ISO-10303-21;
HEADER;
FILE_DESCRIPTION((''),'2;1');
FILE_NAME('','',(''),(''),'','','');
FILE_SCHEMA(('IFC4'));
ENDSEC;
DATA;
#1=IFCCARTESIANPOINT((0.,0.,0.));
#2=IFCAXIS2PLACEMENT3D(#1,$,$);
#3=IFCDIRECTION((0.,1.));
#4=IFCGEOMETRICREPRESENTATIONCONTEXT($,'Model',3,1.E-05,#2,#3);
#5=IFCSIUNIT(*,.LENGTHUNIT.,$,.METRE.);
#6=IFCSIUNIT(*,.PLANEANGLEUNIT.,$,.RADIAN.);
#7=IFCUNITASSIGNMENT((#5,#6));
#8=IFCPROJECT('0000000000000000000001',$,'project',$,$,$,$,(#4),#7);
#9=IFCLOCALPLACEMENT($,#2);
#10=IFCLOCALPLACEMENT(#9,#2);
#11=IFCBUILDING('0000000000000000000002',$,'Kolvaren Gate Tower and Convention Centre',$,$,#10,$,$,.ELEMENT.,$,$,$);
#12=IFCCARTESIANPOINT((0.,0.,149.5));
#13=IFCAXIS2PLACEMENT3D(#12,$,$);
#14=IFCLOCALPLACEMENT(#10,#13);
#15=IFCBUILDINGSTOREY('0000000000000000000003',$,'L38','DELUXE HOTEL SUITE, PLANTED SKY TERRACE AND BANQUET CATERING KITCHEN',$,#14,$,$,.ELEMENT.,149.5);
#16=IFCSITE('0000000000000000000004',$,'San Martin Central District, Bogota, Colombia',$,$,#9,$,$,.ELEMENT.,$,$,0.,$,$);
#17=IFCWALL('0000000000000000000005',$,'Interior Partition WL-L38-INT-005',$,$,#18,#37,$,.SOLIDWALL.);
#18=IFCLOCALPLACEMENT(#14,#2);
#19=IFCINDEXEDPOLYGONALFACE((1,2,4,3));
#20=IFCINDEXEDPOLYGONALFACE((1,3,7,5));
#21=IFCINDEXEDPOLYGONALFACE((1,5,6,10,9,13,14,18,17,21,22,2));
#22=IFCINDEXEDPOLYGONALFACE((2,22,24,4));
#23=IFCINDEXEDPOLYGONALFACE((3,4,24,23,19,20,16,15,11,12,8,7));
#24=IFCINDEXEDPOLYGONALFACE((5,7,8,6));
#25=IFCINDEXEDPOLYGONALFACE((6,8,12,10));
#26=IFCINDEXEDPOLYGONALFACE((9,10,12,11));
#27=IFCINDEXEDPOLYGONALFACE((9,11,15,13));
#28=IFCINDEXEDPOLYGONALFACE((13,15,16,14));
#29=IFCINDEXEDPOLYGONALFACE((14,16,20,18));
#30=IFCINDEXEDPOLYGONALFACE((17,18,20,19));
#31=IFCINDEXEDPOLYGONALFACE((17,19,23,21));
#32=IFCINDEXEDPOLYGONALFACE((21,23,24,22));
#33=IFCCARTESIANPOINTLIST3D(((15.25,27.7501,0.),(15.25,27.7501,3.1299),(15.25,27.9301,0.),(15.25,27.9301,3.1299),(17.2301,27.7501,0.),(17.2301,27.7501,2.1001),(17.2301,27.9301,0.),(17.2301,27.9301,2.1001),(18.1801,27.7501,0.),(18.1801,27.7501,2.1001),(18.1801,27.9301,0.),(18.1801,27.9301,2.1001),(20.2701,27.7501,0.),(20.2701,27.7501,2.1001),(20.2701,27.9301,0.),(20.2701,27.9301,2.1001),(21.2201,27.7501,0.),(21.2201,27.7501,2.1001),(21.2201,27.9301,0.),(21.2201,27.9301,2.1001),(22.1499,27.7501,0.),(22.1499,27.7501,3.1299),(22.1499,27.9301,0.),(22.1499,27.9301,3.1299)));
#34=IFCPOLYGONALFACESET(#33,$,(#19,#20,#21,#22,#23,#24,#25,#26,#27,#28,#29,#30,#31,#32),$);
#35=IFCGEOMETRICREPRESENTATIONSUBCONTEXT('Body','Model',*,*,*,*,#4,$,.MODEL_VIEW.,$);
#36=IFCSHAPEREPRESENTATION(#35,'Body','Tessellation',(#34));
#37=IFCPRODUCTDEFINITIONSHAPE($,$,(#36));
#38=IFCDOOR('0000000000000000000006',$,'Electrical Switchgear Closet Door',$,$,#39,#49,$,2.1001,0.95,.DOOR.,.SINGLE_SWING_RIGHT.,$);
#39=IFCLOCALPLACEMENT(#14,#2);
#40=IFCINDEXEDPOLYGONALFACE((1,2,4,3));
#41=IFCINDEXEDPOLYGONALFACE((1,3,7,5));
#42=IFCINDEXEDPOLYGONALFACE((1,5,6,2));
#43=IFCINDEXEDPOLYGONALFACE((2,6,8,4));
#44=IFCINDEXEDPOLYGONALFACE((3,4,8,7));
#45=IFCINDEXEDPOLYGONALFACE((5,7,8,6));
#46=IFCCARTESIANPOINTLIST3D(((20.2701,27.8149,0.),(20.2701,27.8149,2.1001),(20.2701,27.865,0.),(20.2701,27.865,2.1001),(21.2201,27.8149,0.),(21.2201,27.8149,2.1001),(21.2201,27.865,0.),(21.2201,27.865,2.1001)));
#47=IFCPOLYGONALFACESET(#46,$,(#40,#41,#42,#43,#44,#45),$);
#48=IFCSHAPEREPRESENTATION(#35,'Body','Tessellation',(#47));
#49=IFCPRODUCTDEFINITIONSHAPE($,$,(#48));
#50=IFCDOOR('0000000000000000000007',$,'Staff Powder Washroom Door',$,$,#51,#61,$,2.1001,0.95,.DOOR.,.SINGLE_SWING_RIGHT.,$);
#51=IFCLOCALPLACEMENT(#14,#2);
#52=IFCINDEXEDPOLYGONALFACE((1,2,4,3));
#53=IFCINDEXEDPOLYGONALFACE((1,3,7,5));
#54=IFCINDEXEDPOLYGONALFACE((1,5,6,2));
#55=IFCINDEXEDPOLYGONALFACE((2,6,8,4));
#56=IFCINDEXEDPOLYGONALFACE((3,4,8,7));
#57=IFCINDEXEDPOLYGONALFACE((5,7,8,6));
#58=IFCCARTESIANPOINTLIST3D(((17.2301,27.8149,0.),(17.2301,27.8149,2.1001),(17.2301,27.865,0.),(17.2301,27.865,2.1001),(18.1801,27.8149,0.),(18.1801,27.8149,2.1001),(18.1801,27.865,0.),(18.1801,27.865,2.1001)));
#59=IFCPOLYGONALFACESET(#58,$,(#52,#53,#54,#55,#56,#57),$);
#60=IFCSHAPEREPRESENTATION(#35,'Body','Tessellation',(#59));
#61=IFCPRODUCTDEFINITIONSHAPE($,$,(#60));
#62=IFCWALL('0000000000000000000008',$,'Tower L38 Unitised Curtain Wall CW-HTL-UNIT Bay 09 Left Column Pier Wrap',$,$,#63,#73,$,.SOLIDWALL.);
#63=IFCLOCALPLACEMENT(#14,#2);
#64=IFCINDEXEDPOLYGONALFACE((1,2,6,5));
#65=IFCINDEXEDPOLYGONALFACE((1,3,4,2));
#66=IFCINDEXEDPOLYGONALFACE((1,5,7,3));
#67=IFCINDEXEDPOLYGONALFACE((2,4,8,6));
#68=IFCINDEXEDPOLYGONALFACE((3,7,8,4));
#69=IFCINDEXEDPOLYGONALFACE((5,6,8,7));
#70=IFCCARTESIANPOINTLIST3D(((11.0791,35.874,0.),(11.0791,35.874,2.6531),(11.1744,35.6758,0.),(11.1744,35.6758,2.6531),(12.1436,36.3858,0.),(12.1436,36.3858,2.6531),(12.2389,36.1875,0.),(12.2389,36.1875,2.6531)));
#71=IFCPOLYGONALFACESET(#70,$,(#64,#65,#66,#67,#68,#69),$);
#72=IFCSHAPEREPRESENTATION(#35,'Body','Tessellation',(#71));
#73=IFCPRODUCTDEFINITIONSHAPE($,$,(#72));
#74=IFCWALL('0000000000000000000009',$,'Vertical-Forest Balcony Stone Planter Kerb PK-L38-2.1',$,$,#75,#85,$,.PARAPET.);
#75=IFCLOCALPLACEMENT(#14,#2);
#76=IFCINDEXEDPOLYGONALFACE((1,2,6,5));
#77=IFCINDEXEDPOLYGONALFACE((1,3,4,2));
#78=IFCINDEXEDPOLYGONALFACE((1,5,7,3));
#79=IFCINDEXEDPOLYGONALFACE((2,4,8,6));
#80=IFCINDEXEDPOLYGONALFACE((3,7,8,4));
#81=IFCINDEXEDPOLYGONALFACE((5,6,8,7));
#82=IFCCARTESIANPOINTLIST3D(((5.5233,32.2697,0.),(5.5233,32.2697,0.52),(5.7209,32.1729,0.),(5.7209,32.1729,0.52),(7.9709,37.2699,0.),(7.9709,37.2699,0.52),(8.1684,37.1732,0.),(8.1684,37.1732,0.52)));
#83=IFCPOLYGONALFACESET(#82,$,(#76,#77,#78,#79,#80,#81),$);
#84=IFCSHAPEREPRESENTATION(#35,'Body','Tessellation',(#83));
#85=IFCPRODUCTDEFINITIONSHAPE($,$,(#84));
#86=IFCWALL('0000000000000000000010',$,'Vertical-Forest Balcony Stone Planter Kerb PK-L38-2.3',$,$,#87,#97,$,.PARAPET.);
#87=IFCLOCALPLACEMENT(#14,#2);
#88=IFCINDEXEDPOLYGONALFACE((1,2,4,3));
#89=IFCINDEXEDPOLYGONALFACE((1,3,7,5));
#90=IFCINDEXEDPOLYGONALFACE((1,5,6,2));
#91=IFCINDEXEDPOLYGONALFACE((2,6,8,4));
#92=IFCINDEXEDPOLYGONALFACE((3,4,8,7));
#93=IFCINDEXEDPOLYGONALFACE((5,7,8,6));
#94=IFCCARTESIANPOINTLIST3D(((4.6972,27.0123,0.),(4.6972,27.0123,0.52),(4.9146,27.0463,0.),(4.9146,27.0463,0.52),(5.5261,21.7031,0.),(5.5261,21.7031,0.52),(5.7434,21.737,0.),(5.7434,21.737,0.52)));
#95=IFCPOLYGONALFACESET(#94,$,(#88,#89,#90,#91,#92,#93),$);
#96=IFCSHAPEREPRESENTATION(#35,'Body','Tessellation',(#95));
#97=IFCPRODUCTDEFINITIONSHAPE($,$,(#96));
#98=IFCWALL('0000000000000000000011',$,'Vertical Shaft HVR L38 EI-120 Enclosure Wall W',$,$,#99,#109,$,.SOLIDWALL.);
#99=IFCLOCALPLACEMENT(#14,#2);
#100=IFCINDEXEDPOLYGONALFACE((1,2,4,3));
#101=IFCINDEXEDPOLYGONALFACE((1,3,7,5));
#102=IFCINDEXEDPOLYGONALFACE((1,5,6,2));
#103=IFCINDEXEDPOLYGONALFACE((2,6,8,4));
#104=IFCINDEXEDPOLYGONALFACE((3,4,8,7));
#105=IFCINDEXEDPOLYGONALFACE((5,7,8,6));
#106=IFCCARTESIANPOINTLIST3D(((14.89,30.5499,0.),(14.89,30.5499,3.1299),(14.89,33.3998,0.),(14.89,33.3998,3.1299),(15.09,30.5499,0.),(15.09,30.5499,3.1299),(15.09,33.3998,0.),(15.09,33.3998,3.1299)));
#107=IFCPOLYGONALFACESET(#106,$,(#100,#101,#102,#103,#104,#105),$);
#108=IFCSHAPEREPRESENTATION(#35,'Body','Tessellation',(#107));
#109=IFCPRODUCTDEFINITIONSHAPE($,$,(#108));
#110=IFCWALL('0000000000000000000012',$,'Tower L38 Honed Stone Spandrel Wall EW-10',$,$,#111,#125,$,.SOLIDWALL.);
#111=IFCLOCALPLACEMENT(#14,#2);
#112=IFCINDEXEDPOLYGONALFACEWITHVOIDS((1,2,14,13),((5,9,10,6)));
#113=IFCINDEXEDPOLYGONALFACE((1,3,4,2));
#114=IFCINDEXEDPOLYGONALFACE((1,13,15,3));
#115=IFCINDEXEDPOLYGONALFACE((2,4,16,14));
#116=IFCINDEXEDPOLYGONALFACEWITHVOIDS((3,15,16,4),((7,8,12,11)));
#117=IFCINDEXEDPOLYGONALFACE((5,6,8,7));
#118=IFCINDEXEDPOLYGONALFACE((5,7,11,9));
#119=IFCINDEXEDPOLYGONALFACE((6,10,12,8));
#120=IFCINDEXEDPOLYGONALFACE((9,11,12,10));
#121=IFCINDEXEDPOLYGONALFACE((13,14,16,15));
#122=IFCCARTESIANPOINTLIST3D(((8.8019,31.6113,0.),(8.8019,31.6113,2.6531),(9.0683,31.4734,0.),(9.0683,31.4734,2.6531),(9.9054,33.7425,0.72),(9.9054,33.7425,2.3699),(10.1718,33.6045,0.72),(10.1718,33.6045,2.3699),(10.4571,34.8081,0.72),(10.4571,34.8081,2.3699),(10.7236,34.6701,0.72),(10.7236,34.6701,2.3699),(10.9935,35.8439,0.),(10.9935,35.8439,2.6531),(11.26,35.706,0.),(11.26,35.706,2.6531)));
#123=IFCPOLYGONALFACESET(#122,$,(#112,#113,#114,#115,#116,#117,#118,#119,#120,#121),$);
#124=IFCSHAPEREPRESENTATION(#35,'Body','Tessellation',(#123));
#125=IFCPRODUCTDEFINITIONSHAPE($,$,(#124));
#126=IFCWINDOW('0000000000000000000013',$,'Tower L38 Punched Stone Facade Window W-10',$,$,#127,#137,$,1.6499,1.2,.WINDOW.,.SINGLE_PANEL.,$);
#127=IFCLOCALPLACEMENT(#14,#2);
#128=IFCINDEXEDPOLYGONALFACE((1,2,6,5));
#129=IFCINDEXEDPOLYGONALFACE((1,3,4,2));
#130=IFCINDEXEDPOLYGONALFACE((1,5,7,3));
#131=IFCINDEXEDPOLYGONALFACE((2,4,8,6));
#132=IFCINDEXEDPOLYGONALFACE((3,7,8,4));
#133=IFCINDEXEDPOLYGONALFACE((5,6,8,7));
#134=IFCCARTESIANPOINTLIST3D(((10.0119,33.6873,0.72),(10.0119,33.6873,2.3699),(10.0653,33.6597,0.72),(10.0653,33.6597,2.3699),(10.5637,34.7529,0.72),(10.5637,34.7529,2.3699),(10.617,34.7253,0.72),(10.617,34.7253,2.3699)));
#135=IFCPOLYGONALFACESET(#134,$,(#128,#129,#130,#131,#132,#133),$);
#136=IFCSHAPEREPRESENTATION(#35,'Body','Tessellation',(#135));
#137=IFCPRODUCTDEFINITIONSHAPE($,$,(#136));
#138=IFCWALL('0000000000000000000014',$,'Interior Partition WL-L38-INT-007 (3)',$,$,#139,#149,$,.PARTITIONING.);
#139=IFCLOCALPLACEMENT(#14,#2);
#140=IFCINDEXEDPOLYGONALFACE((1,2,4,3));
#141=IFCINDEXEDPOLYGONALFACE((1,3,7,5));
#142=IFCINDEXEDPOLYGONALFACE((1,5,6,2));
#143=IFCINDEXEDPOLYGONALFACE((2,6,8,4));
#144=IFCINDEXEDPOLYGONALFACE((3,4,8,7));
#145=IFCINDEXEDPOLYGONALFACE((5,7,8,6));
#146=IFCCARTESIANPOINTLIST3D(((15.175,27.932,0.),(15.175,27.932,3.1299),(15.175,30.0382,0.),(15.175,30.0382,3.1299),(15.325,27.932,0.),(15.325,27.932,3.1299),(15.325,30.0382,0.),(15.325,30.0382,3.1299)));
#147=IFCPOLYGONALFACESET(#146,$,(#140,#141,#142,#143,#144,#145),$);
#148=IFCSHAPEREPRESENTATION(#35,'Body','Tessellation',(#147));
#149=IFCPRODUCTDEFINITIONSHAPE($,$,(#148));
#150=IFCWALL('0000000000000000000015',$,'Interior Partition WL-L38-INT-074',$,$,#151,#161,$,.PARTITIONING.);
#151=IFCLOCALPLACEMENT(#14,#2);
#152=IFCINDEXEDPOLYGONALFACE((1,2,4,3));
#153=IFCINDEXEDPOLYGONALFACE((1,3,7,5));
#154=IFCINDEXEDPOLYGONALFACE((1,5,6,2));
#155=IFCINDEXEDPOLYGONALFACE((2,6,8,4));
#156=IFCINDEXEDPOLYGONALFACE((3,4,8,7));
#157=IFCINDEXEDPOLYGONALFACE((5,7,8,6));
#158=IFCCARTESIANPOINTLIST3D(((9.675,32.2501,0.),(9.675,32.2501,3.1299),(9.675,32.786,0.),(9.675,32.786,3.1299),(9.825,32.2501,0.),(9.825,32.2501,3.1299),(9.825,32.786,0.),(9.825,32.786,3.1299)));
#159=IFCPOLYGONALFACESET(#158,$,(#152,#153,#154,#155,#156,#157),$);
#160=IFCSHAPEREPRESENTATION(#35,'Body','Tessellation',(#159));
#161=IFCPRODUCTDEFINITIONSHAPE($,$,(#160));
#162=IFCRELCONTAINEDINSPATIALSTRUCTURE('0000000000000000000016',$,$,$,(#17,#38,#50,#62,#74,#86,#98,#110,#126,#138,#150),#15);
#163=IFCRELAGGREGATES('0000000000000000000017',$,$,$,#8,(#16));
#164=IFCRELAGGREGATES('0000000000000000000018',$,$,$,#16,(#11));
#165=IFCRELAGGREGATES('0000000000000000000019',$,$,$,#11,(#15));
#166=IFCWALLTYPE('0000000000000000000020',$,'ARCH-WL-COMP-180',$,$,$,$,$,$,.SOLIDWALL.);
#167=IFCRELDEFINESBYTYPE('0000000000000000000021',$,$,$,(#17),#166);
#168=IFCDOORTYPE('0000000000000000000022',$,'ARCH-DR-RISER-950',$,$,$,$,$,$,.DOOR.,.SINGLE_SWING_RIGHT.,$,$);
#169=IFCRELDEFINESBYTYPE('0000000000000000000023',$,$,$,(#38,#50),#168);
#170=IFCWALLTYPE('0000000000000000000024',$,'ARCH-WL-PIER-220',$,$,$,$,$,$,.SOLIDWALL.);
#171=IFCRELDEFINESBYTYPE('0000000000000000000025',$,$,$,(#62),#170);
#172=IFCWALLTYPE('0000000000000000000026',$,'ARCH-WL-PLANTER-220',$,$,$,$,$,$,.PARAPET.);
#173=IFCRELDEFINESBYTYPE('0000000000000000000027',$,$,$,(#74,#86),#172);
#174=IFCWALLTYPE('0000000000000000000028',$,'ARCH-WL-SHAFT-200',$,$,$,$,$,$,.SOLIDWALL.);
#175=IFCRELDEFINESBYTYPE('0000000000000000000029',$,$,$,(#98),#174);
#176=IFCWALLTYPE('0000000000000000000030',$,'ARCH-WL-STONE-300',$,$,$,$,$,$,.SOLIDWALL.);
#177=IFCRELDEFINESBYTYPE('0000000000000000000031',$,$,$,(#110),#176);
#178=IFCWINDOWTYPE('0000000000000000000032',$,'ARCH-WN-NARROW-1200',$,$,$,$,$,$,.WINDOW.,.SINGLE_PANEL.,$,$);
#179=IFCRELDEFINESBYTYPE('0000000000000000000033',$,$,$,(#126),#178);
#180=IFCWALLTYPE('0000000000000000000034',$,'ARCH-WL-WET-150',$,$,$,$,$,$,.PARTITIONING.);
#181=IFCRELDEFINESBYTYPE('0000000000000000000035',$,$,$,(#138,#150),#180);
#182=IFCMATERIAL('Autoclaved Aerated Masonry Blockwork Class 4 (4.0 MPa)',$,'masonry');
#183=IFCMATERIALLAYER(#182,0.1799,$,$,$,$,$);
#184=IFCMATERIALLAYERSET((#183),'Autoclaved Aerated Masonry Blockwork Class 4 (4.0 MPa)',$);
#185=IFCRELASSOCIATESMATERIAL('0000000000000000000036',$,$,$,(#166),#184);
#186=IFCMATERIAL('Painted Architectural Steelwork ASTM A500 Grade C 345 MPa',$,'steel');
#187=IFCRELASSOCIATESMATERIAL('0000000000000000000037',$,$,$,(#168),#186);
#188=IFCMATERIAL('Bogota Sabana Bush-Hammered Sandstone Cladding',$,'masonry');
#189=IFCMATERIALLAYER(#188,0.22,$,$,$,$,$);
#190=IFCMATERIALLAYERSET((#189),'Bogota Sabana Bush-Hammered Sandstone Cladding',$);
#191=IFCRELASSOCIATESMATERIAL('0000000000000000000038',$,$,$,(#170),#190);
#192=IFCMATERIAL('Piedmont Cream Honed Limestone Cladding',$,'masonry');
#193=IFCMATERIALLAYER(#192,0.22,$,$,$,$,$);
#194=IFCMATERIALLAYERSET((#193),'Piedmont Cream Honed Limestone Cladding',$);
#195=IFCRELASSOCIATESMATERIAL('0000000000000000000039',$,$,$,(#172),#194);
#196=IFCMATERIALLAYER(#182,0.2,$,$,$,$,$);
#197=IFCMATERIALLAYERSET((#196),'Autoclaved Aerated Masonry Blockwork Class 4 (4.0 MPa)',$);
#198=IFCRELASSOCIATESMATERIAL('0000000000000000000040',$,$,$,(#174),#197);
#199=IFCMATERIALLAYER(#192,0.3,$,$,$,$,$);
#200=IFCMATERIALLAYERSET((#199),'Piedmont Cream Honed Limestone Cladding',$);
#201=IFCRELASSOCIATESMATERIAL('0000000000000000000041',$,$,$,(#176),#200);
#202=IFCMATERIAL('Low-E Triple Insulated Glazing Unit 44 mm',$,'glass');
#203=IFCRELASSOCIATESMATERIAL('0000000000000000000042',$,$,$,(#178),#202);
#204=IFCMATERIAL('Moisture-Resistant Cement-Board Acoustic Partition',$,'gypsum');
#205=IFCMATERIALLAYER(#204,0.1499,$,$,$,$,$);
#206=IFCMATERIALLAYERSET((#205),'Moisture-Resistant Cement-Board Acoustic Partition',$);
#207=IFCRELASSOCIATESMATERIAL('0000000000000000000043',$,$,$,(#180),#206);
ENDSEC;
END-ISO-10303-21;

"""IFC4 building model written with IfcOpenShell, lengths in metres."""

from ifc_helpers import new_model, si_unit, direction, frame, frame_2d, origin, place, context, subcontext, project, spatial, rectangle, extrude, material, layer, layer_set, type_object, element, fill, save


model = new_model("IFC4")

# Units and contexts
model_context = context("Model", 3, precision=1e-05, world=origin(), true_north=direction((0.0, 1.0)))
body_context = subcontext(model_context, "Body", "Model", "MODEL_VIEW")
ifc_project = project(units=[si_unit("LENGTHUNIT", "METRE"), si_unit("PLANEANGLEUNIT", "RADIAN")], contexts=[model_context])

# Site, building, storey
site_placement = place(None, origin())
site = spatial("IfcSite", under=ifc_project, at=site_placement, Name="San Martin Central District, Bogota, Colombia", CompositionType="ELEMENT", RefElevation=0.0)
building_placement = place(site_placement, origin())
building = spatial("IfcBuilding", under=site, at=building_placement, Name="Kolvaren Gate Tower and Convention Centre", CompositionType="ELEMENT")
storey_placement = place(building_placement, frame((0.0, 0.0, 149.5)))
storey = spatial("IfcBuildingStorey", under=building, at=storey_placement, Name="L38", Description="DELUXE HOTEL SUITE, PLANTED SKY TERRACE AND BANQUET CATERING KITCHEN", CompositionType="ELEMENT", Elevation=149.5)

# Wall, openings, doors
ifc_material_1 = material(Name="Autoclaved Aerated Masonry Blockwork Class 4 (4.0 MPa)", Category="masonry")
ifc_layer_1 = layer(ifc_material_1, 0.1799)
ifc_layer_set_1 = layer_set([ifc_layer_1], Name="Autoclaved Aerated Masonry Blockwork Class 4 (4.0 MPa)")
wall_type_1 = type_object("IfcWallType", Name="ARCH-WL-COMP-180", PredefinedType="SOLIDWALL", material=ifc_layer_set_1)
wall_1_placement = place(storey_placement, frame((15.25, 27.8401, 0.0), z_axis=(0.0, 0.0, 1.0), x_axis=(1.0, 0.0, 0.0)))
wall_1 = element("IfcWall", 1, at=wall_1_placement, inside=storey, type_object=wall_type_1, Name="Interior Partition WL-L38-INT-005", PredefinedType="SOLIDWALL", context=body_context, shape_type="SweptSolid", body=[
    extrude(rectangle(XDim=6.8999, YDim=0.1799, at=frame_2d((3.45, 0.0))), origin(), (0.0, 0.0, 1.0), 3.1299),
])
opening_1_placement = place(wall_1_placement, frame((5.02, 0.0, 0.0)))
opening_1 = element("IfcOpeningElement", 2, at=opening_1_placement, cuts=wall_1, PredefinedType="OPENING", context=body_context, shape_type="SweptSolid", body=[
    extrude(rectangle(XDim=0.95, YDim=2.1001, at=frame_2d((0.4751, 1.05))), frame((0.0, 0.0999, 0.0), z_axis=(0.0, -1.0, 0.0), x_axis=(1.0, 0.0, 0.0)), (0.0, 0.0, 1.0), 0.2),
])
opening_2_placement = place(wall_1_placement, frame((1.98, 0.0, 0.0)))
opening_2 = element("IfcOpeningElement", 3, at=opening_2_placement, cuts=wall_1, PredefinedType="OPENING", context=body_context, shape_type="SweptSolid", body=[
    extrude(rectangle(XDim=0.95, YDim=2.1001, at=frame_2d((0.4751, 1.05))), frame((0.0, 0.0999, 0.0), z_axis=(0.0, -1.0, 0.0), x_axis=(1.0, 0.0, 0.0)), (0.0, 0.0, 1.0), 0.2),
])
ifc_material_2 = material(Name="Painted Architectural Steelwork ASTM A500 Grade C 345 MPa", Category="steel")
door_type_1 = type_object("IfcDoorType", Name="ARCH-DR-RISER-950", OperationType="SINGLE_SWING_RIGHT", PredefinedType="DOOR", material=ifc_material_2)
door_1_placement = place(opening_1_placement, origin())
door_1 = element("IfcDoor", 4, at=door_1_placement, inside=storey, type_object=door_type_1, Name="Electrical Switchgear Closet Door", OperationType="SINGLE_SWING_RIGHT", OverallHeight=2.1001, OverallWidth=0.95, PredefinedType="DOOR", context=body_context, shape_type="SweptSolid", body=[
    extrude(rectangle(XDim=0.95, YDim=2.1001, at=frame_2d((0.4751, 1.05))), frame((0.0, 0.0249, 0.0), z_axis=(0.0, -1.0, 0.0), x_axis=(1.0, 0.0, 0.0)), (0.0, 0.0, 1.0), 0.05),
])
fill(opening_1, door_1)
door_2_placement = place(opening_2_placement, origin())
door_2 = element("IfcDoor", 5, at=door_2_placement, inside=storey, type_object=door_type_1, Name="Staff Powder Washroom Door", OperationType="SINGLE_SWING_RIGHT", OverallHeight=2.1001, OverallWidth=0.95, PredefinedType="DOOR", context=body_context, shape_type="SweptSolid", body=[
    extrude(rectangle(XDim=0.95, YDim=2.1001, at=frame_2d((0.4751, 1.05))), frame((0.0, 0.0249, 0.0), z_axis=(0.0, -1.0, 0.0), x_axis=(1.0, 0.0, 0.0)), (0.0, 0.0, 1.0), 0.05),
])
fill(opening_2, door_2)

# Walls
ifc_material_3 = material(Name="Bogota Sabana Bush-Hammered Sandstone Cladding", Category="masonry")
ifc_layer_2 = layer(ifc_material_3, 0.22)
ifc_layer_set_2 = layer_set([ifc_layer_2], Name="Bogota Sabana Bush-Hammered Sandstone Cladding")
wall_type_2 = type_object("IfcWallType", Name="ARCH-WL-PIER-220", PredefinedType="SOLIDWALL", material=ifc_layer_set_2)
wall_2_placement = place(storey_placement, frame((11.1267, 35.7749, 0.0), z_axis=(0.0, 0.0, 1.0), x_axis=(0.901265, 0.433269, 0.0)))
element("IfcWall", 6, at=wall_2_placement, inside=storey, type_object=wall_type_2, Name="Tower L38 Unitised Curtain Wall CW-HTL-UNIT Bay 09 Left Column Pier Wrap", PredefinedType="SOLIDWALL", context=body_context, shape_type="SweptSolid", body=[
    extrude(rectangle(XDim=1.1812, YDim=0.22, at=frame_2d((0.5906, 0.0))), origin(), (0.0, 0.0, 1.0), 2.6531),
])
ifc_material_4 = material(Name="Piedmont Cream Honed Limestone Cladding", Category="masonry")
ifc_layer_3 = layer(ifc_material_4, 0.22)
ifc_layer_set_3 = layer_set([ifc_layer_3], Name="Piedmont Cream Honed Limestone Cladding")
wall_type_3 = type_object("IfcWallType", Name="ARCH-WL-PLANTER-220", PredefinedType="PARAPET", material=ifc_layer_set_3)
wall_3_placement = place(storey_placement, frame((5.6221, 32.2212, 0.0), z_axis=(0.0, 0.0, 1.0), x_axis=(0.439637, 0.898175, 0.0)))
element("IfcWall", 7, at=wall_3_placement, inside=storey, type_object=wall_type_3, Name="Vertical-Forest Balcony Stone Planter Kerb PK-L38-2.1", PredefinedType="PARAPET", context=body_context, shape_type="SweptSolid", body=[
    extrude(rectangle(XDim=5.5671, YDim=0.22, at=frame_2d((2.7837, 0.0))), origin(), (0.0, 0.0, 1.0), 0.52),
])
wall_4_placement = place(storey_placement, frame((4.8059, 27.0293, 0.0), z_axis=(0.0, 0.0, 1.0), x_axis=(0.154245, -0.988033, 0.0)))
element("IfcWall", 8, at=wall_4_placement, inside=storey, type_object=wall_type_3, Name="Vertical-Forest Balcony Stone Planter Kerb PK-L38-2.3", PredefinedType="PARAPET", context=body_context, shape_type="SweptSolid", body=[
    extrude(rectangle(XDim=5.3735, YDim=0.22, at=frame_2d((2.6868, 0.0))), origin(), (0.0, 0.0, 1.0), 0.52),
])
ifc_layer_4 = layer(ifc_material_1, 0.2)
ifc_layer_set_4 = layer_set([ifc_layer_4], Name="Autoclaved Aerated Masonry Blockwork Class 4 (4.0 MPa)")
wall_type_4 = type_object("IfcWallType", Name="ARCH-WL-SHAFT-200", PredefinedType="SOLIDWALL", material=ifc_layer_set_4)
wall_5_placement = place(storey_placement, frame((14.99, 30.55, 0.0), z_axis=(0.0, 0.0, 1.0), x_axis=(0.0, 1.0, 0.0)))
element("IfcWall", 9, at=wall_5_placement, inside=storey, type_object=wall_type_4, Name="Vertical Shaft HVR L38 EI-120 Enclosure Wall W", PredefinedType="SOLIDWALL", context=body_context, shape_type="SweptSolid", body=[
    extrude(rectangle(XDim=2.8499, YDim=0.2, at=frame_2d((1.4248, 0.0))), origin(), (0.0, 0.0, 1.0), 3.1299),
])

# Wall, opening, window
ifc_layer_5 = layer(ifc_material_4, 0.3)
ifc_layer_set_5 = layer_set([ifc_layer_5], Name="Piedmont Cream Honed Limestone Cladding")
wall_type_5 = type_object("IfcWallType", Name="ARCH-WL-STONE-300", PredefinedType="SOLIDWALL", material=ifc_layer_set_5)
wall_6_placement = place(storey_placement, frame((8.9351, 31.5422, 0.0), z_axis=(0.0, 0.0, 1.0), x_axis=(0.45981, 0.888017, 0.0)))
wall_6 = element("IfcWall", 10, at=wall_6_placement, inside=storey, type_object=wall_type_5, Name="Tower L38 Honed Stone Spandrel Wall EW-10", PredefinedType="SOLIDWALL", context=body_context, shape_type="SweptSolid", body=[
    extrude(rectangle(XDim=4.7664, YDim=0.3, at=frame_2d((2.3833, 0.0))), origin(), (0.0, 0.0, 1.0), 2.6531),
])
opening_3_placement = place(wall_6_placement, frame((2.3999, 0.0, 0.72)))
opening_3 = element("IfcOpeningElement", 11, at=opening_3_placement, cuts=wall_6, PredefinedType="OPENING", context=body_context, shape_type="SweptSolid", body=[
    extrude(rectangle(XDim=1.2, YDim=1.6499, at=frame_2d((0.6001, 0.825))), frame((0.0, 0.1599, 0.0), z_axis=(0.0, -1.0, 0.0), x_axis=(1.0, 0.0, 0.0)), (0.0, 0.0, 1.0), 0.3201),
])
ifc_material_5 = material(Name="Low-E Triple Insulated Glazing Unit 44 mm", Category="glass")
window_type = type_object("IfcWindowType", Name="ARCH-WN-NARROW-1200", PartitioningType="SINGLE_PANEL", PredefinedType="WINDOW", material=ifc_material_5)
window_placement = place(opening_3_placement, origin())
window = element("IfcWindow", 12, at=window_placement, inside=storey, type_object=window_type, Name="Tower L38 Punched Stone Facade Window W-10", OverallHeight=1.6499, OverallWidth=1.2, PartitioningType="SINGLE_PANEL", PredefinedType="WINDOW", context=body_context, shape_type="SweptSolid", body=[
    extrude(rectangle(XDim=1.2, YDim=1.6499, at=frame_2d((0.6001, 0.825))), frame((0.0, 0.03, 0.0), z_axis=(0.0, -1.0, 0.0), x_axis=(1.0, 0.0, 0.0)), (0.0, 0.0, 1.0), 0.0601),
])
fill(opening_3, window)

# Walls
ifc_material_6 = material(Name="Moisture-Resistant Cement-Board Acoustic Partition", Category="gypsum")
ifc_layer_6 = layer(ifc_material_6, 0.1499)
ifc_layer_set_6 = layer_set([ifc_layer_6], Name="Moisture-Resistant Cement-Board Acoustic Partition")
wall_type_6 = type_object("IfcWallType", Name="ARCH-WL-WET-150", PredefinedType="PARTITIONING", material=ifc_layer_set_6)
wall_7_placement = place(storey_placement, frame((15.25, 27.9319, 0.0), z_axis=(0.0, 0.0, 1.0), x_axis=(0.0, 1.0, 0.0)))
element("IfcWall", 13, at=wall_7_placement, inside=storey, type_object=wall_type_6, Name="Interior Partition WL-L38-INT-007 (3)", PredefinedType="PARTITIONING", context=body_context, shape_type="SweptSolid", body=[
    extrude(rectangle(XDim=2.1062, YDim=0.1499, at=frame_2d((1.0532, 0.0))), origin(), (0.0, 0.0, 1.0), 3.1299),
])
wall_8_placement = place(storey_placement, frame((9.75, 32.25, 0.0), z_axis=(0.0, 0.0, 1.0), x_axis=(0.0, 1.0, 0.0)))
element("IfcWall", 14, at=wall_8_placement, inside=storey, type_object=wall_type_6, Name="Interior Partition WL-L38-INT-074", PredefinedType="PARTITIONING", context=body_context, shape_type="SweptSolid", body=[
    extrude(rectangle(XDim=0.5359, YDim=0.1499, at=frame_2d((0.2681, 0.0))), origin(), (0.0, 0.0, 1.0), 3.1299),
])

save(model, "model.ifc")
